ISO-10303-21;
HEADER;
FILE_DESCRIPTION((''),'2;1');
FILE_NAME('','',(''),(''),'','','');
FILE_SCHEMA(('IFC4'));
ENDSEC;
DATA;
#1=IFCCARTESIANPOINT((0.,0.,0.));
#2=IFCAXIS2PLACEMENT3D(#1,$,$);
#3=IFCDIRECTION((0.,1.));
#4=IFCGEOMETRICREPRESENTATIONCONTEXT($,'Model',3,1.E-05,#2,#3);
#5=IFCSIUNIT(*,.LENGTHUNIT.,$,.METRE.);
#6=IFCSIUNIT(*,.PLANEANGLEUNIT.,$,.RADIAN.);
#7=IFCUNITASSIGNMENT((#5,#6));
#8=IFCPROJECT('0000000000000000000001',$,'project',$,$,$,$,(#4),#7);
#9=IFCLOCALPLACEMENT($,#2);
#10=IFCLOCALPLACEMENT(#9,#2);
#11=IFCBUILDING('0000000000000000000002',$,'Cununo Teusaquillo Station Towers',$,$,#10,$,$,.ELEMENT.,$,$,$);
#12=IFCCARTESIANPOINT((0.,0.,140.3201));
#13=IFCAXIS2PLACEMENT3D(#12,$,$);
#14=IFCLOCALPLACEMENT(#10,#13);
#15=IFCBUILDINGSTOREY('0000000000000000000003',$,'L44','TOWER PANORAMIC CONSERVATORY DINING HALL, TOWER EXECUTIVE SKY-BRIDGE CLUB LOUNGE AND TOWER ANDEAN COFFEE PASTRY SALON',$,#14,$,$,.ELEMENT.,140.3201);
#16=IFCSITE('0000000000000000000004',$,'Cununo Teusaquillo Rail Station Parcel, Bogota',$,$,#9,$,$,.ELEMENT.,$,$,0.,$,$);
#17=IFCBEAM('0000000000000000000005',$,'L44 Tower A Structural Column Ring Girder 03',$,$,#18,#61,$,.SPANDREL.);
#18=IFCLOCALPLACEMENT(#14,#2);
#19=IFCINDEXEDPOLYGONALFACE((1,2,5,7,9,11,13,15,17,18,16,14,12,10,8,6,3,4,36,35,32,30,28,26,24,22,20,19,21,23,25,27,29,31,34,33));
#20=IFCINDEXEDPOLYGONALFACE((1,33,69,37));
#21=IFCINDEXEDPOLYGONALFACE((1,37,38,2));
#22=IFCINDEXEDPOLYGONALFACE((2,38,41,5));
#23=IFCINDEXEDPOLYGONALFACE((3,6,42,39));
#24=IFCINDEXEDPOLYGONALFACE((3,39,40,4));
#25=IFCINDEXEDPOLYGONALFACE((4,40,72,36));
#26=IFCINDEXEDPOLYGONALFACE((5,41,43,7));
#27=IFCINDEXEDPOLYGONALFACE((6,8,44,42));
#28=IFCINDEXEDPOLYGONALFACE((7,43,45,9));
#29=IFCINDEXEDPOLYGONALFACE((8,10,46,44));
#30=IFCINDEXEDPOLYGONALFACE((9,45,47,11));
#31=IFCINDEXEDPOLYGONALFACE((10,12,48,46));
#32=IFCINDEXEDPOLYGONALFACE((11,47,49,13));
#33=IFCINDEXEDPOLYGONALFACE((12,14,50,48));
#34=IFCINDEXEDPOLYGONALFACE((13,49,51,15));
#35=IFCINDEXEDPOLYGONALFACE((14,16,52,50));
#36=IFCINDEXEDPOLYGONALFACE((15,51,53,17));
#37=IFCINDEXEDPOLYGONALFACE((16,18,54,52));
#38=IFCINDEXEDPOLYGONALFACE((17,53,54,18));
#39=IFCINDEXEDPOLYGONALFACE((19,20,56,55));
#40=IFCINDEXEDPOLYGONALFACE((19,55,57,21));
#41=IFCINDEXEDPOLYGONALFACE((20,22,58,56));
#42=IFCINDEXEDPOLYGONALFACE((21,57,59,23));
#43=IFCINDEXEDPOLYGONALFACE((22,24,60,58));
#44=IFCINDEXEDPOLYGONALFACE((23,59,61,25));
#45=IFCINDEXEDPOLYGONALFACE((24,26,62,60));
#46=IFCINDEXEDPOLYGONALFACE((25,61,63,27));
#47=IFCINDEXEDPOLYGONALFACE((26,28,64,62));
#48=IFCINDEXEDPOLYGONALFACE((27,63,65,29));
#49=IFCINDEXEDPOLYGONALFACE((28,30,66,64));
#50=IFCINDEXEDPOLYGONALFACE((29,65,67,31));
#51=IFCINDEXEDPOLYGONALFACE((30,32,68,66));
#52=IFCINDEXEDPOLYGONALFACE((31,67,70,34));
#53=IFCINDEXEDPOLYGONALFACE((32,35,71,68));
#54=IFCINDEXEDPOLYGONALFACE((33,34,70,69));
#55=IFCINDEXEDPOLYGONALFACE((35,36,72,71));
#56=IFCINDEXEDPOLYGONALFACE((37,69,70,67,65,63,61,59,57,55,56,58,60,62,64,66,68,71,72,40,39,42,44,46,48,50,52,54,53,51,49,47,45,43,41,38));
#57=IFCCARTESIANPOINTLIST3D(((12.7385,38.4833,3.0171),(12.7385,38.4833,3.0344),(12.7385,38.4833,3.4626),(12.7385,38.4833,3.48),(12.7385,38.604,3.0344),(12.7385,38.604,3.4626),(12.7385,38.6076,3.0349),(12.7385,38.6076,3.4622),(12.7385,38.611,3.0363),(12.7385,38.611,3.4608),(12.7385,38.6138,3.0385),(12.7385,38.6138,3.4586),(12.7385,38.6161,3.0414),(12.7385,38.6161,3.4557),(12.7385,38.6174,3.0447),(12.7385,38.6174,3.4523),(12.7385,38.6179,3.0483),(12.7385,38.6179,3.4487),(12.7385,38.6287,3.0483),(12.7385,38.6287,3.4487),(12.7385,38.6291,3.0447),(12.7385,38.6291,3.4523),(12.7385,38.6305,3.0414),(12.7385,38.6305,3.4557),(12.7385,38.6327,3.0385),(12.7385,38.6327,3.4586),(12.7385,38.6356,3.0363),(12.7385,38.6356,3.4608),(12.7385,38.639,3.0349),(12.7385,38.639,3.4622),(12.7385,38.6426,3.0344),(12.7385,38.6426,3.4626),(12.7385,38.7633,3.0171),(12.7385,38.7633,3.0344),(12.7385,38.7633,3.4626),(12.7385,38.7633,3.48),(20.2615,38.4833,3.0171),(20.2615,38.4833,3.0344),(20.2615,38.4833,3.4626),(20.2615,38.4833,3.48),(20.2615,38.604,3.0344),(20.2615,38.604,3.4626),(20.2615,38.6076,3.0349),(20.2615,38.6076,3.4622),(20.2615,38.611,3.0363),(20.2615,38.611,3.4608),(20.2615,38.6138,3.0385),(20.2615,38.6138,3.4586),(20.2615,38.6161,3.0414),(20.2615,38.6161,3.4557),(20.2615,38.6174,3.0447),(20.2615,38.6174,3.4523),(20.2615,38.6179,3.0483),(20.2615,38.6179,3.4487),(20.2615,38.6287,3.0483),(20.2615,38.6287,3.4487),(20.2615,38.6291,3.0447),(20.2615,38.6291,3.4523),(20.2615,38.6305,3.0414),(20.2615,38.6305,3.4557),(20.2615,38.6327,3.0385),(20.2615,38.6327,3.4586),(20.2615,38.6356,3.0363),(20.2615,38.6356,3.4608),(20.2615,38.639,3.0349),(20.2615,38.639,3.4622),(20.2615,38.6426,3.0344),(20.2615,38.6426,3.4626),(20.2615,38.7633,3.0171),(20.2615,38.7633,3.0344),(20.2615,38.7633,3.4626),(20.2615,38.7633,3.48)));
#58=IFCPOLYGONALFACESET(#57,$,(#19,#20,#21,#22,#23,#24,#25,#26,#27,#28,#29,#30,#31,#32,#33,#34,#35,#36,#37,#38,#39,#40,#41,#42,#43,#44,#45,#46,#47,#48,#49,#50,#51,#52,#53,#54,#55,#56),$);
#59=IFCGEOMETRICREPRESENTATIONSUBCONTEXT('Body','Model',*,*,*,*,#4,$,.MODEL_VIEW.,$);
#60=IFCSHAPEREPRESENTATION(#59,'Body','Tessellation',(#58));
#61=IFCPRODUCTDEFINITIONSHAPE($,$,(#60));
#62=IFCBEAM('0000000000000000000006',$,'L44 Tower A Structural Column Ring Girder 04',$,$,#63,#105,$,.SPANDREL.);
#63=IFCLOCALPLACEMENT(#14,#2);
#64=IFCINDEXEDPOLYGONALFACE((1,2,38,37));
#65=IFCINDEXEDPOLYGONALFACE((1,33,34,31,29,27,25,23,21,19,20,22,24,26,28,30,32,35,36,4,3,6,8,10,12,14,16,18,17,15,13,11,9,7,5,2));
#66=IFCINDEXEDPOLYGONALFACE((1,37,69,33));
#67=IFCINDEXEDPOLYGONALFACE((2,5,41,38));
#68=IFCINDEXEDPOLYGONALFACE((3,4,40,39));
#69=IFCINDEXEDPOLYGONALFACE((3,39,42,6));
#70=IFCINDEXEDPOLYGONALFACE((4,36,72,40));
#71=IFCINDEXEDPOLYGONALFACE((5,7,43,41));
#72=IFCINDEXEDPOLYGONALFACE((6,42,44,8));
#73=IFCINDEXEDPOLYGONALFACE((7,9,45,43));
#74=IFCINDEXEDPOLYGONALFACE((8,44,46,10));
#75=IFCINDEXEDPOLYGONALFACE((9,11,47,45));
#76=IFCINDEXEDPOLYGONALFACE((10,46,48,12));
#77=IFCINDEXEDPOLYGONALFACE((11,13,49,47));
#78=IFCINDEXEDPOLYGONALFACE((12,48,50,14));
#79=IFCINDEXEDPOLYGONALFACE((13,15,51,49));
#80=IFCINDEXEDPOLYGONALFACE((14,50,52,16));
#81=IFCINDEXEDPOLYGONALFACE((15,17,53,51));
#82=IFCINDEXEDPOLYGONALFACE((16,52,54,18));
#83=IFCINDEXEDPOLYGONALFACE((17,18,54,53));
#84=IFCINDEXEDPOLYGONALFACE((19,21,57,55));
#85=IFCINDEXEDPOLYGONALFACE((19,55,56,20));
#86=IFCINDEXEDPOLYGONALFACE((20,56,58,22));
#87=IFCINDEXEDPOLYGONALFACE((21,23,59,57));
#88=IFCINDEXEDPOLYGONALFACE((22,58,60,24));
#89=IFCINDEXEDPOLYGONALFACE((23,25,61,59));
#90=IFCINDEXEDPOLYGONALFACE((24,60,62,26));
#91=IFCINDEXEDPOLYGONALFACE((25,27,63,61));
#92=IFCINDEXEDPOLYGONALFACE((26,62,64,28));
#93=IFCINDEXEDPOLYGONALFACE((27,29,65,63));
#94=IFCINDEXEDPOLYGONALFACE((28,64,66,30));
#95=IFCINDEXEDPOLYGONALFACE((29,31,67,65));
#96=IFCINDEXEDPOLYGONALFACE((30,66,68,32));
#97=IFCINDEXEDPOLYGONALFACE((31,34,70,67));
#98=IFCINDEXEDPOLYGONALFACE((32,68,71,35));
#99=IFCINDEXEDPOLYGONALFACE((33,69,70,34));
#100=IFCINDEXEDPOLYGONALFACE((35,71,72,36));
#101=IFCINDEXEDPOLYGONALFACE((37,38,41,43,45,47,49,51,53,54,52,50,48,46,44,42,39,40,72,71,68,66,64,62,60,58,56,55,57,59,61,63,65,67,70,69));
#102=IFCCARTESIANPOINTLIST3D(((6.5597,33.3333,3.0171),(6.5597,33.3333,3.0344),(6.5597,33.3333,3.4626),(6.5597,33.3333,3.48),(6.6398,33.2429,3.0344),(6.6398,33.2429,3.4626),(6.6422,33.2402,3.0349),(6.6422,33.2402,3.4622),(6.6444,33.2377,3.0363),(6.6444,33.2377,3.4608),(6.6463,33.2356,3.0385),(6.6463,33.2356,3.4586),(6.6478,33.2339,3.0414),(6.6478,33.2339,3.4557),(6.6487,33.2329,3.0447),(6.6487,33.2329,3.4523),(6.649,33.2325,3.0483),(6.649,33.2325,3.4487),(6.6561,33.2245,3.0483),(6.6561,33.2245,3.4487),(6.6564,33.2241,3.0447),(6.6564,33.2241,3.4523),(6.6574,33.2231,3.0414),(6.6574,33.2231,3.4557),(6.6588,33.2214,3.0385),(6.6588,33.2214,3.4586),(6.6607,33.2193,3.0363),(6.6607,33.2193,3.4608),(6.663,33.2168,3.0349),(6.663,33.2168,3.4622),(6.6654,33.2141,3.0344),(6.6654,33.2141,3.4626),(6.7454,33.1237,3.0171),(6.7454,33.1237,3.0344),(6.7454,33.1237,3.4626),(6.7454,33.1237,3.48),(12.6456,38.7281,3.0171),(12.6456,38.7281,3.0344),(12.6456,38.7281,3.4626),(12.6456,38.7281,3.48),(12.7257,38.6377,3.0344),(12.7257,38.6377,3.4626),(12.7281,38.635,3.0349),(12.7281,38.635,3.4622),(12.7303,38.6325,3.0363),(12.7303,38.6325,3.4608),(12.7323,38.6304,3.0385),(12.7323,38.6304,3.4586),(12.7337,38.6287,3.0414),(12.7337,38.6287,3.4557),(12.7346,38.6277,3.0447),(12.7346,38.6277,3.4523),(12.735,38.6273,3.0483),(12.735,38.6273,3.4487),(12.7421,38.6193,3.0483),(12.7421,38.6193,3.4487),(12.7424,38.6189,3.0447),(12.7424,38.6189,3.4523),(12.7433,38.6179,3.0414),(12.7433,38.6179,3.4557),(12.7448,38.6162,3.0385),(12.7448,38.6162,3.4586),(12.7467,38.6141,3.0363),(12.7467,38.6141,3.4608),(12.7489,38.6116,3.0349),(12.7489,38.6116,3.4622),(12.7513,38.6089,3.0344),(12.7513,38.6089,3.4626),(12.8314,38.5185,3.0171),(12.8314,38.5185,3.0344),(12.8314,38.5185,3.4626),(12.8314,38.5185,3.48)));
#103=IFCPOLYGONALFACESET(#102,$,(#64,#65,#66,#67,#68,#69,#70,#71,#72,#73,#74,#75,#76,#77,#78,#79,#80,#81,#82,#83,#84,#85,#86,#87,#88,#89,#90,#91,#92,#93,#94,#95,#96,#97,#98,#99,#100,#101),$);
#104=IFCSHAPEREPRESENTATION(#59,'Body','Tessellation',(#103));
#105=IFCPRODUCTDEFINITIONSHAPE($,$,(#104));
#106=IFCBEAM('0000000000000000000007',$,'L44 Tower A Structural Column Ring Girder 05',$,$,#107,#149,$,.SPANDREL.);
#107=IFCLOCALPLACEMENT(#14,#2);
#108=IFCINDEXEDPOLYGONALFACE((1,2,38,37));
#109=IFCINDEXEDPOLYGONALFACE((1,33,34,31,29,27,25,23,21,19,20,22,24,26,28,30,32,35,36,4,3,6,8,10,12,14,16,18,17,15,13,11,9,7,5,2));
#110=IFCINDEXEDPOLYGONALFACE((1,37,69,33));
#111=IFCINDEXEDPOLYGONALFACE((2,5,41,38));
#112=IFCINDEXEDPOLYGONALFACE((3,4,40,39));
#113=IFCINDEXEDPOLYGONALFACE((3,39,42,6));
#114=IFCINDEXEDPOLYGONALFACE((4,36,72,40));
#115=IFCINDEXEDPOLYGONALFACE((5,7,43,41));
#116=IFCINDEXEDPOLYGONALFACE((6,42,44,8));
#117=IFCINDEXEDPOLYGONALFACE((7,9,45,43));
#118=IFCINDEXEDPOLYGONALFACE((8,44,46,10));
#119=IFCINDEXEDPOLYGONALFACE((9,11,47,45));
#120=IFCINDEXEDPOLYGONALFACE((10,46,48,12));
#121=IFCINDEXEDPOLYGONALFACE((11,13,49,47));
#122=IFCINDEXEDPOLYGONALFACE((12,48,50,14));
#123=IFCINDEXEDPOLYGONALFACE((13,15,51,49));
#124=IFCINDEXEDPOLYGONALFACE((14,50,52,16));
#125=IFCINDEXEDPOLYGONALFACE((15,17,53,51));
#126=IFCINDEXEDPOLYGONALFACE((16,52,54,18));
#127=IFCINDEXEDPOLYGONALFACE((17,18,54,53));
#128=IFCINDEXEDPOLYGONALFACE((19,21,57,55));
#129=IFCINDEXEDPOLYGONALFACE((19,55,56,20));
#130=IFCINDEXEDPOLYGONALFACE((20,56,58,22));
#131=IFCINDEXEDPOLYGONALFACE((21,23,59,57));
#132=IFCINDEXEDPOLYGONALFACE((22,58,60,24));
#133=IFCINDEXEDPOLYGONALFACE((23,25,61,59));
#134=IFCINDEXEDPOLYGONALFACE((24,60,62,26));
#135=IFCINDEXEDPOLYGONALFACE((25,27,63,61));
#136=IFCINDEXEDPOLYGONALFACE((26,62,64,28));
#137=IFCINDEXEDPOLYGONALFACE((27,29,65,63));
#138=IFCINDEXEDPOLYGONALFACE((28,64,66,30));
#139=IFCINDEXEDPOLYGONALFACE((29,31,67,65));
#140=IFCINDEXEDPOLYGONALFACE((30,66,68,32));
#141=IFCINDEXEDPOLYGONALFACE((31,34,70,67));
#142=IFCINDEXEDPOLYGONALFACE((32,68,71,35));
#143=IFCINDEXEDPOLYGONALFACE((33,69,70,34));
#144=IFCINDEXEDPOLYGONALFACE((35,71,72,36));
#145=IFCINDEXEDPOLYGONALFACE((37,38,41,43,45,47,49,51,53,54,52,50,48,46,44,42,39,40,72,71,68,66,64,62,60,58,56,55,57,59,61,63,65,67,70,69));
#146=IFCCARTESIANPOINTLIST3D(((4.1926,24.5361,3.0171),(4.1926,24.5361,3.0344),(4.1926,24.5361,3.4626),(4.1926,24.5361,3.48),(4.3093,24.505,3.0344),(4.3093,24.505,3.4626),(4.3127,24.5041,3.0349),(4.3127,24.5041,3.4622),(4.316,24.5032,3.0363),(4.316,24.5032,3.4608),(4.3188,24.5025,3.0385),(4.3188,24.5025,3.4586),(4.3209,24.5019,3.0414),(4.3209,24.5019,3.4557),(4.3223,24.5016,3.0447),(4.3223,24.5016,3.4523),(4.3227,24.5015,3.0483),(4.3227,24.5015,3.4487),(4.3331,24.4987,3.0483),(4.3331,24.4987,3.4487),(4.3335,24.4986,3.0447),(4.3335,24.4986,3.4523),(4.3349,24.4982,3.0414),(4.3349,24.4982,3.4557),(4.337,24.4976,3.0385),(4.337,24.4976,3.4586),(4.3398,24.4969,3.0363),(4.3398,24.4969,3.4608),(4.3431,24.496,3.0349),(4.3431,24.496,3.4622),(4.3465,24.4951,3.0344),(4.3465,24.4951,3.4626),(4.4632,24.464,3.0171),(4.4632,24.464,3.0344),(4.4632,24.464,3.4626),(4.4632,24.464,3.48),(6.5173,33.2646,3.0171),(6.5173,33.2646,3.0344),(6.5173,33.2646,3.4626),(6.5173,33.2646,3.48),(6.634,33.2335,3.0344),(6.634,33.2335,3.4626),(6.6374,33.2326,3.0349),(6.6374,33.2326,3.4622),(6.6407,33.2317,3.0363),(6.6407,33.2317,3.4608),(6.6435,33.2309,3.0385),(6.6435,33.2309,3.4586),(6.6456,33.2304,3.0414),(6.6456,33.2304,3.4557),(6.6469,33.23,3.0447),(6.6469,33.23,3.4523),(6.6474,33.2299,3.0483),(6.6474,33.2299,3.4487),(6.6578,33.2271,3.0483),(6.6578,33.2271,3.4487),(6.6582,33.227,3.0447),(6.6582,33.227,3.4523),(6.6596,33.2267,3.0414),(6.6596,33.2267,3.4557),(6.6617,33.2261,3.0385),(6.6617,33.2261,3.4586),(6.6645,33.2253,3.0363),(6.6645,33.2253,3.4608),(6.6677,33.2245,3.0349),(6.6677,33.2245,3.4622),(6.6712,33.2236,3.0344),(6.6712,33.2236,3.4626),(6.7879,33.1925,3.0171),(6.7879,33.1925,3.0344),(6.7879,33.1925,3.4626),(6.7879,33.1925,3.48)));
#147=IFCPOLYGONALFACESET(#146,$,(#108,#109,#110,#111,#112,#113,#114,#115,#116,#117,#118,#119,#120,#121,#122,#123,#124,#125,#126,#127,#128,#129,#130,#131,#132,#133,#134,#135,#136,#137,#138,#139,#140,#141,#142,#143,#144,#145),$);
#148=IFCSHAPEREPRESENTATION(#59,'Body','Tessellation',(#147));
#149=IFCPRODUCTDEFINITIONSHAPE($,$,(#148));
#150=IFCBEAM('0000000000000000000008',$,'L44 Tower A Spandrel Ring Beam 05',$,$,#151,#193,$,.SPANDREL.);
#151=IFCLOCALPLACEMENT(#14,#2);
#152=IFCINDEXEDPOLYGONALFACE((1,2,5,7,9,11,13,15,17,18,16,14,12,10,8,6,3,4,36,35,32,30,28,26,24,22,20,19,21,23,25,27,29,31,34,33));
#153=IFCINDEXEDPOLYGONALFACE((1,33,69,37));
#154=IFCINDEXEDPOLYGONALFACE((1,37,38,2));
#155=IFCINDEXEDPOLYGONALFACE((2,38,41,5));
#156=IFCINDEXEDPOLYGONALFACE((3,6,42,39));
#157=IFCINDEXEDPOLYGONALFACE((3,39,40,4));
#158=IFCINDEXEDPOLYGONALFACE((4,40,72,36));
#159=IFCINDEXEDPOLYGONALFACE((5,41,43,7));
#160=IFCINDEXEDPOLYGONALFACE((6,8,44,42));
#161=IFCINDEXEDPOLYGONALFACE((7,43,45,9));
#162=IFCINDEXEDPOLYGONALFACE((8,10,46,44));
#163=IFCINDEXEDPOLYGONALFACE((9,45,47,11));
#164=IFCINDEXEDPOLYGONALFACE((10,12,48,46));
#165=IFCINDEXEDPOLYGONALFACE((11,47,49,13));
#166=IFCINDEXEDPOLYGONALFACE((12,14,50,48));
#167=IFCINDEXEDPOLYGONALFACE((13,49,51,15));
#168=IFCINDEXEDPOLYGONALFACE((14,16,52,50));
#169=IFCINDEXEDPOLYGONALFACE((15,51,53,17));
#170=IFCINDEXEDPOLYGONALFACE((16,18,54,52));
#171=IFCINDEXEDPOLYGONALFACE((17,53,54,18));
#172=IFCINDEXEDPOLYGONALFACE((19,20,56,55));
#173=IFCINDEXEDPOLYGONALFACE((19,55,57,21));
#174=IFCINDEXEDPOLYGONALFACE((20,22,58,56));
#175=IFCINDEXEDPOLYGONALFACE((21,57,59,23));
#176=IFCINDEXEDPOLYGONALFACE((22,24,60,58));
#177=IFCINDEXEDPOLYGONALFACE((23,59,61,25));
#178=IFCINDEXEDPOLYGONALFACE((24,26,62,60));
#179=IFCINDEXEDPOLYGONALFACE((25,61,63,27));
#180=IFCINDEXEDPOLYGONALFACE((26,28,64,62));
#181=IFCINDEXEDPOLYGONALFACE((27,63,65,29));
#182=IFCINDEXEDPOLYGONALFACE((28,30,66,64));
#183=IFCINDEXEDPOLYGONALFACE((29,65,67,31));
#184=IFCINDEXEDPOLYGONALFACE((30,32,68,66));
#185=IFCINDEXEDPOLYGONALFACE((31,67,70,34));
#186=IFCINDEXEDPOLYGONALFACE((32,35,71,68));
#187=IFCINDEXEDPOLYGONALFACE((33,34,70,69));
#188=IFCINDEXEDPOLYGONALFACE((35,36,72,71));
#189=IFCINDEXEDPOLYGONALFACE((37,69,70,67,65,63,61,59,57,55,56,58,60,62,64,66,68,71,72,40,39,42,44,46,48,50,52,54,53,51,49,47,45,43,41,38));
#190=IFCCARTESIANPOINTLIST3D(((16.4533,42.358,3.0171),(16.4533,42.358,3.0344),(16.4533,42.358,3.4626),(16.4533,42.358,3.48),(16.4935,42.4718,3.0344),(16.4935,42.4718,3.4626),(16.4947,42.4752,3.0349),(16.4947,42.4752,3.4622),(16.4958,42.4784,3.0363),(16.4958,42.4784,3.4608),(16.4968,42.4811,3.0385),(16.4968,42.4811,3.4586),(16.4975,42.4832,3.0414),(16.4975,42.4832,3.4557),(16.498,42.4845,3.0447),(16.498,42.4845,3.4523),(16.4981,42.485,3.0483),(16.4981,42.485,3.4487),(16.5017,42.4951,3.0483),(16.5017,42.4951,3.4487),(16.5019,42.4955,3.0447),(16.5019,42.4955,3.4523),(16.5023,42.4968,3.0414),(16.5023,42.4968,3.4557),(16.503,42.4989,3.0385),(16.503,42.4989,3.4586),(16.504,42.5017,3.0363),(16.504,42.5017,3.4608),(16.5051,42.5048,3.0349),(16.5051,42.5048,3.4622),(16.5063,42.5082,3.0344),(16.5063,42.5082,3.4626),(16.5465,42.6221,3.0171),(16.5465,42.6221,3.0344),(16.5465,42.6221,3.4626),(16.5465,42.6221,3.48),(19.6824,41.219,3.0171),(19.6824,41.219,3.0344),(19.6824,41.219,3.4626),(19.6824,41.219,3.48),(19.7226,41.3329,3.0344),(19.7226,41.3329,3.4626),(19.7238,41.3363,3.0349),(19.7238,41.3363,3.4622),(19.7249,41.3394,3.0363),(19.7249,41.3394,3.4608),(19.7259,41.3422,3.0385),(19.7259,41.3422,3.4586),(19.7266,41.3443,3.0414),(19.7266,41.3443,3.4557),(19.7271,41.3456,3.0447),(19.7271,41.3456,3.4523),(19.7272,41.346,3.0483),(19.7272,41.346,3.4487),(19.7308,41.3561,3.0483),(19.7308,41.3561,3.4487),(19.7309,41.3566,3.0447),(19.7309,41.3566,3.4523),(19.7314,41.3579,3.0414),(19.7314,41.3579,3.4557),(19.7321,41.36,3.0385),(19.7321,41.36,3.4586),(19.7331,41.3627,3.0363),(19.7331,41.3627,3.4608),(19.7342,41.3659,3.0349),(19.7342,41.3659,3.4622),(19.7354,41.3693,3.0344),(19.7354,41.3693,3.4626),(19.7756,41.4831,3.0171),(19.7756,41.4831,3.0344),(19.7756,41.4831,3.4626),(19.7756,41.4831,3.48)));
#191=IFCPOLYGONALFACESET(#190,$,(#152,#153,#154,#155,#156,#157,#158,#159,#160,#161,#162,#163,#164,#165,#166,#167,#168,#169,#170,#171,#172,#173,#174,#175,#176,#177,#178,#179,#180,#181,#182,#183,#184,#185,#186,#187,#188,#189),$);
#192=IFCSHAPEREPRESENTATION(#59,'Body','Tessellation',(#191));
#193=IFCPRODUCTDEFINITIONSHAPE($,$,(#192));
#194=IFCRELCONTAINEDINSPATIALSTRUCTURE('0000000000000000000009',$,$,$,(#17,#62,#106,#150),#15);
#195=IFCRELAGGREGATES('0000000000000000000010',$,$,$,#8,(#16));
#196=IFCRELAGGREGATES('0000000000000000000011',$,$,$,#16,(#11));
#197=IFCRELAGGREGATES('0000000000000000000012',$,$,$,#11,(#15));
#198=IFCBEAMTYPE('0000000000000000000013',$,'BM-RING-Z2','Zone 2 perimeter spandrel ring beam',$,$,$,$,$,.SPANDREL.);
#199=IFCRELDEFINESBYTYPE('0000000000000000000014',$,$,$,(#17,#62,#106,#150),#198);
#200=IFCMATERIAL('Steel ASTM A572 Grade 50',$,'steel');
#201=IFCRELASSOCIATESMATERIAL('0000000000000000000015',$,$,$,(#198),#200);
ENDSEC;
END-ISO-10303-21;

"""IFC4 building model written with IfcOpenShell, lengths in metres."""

from ifc_helpers import new_model, si_unit, direction, frame, origin, origin_2d, place, context, subcontext, project, spatial, i_section, extrude, material, material_profile, profile_set, type_object, element, save


model = new_model("IFC4")

# Units and contexts
model_context = context("Model", 3, precision=1e-05, world=origin(), true_north=direction((0.0, 1.0)))
body_context = subcontext(model_context, "Body", "Model", "MODEL_VIEW")
ifc_project = project(units=[si_unit("LENGTHUNIT", "METRE"), si_unit("PLANEANGLEUNIT", "RADIAN")], contexts=[model_context])

# Site, building, storey
site_placement = place(None, origin())
site = spatial("IfcSite", under=ifc_project, at=site_placement, Name="Cununo Teusaquillo Rail Station Parcel, Bogota", CompositionType="ELEMENT", RefElevation=0.0)
building_placement = place(site_placement, origin())
building = spatial("IfcBuilding", under=site, at=building_placement, Name="Cununo Teusaquillo Station Towers", CompositionType="ELEMENT")
storey_placement = place(building_placement, frame((0.0, 0.0, 140.3201)))
storey = spatial("IfcBuildingStorey", under=building, at=storey_placement, Name="L44", Description="TOWER PANORAMIC CONSERVATORY DINING HALL, TOWER EXECUTIVE SKY-BRIDGE CLUB LOUNGE AND TOWER ANDEAN COFFEE PASTRY SALON", CompositionType="ELEMENT", Elevation=140.3201)

# Beams
ifc_material_1 = material(Name="Steel ASTM A572 Grade 50", Category="steel")
ifc_material_profile_1 = material_profile(ifc_material_1, i_section(OverallWidth=0.28, OverallDepth=0.4629, WebThickness=0.0107, FlangeThickness=0.0173, FilletRadius=0.0139, at=origin_2d()), Name="W18X76")
ifc_profile_set_1 = profile_set([ifc_material_profile_1], Name="Steel ASTM A572 Grade 50")
beam_type_1 = type_object("IfcBeamType", Name="BM-RING-Z2", Description="Zone 2 perimeter spandrel ring beam", PredefinedType="SPANDREL", material=ifc_profile_set_1)
beam_1_placement = place(storey_placement, frame((20.2615, 38.6233, 3.2485), z_axis=(-1.0, 0.0, 0.0), x_axis=(0.0, -1.0, 0.0)))
element("IfcBeam", 1, at=beam_1_placement, inside=storey, type_object=beam_type_1, Name="L44 Tower A Structural Column Ring Girder 03", PredefinedType="SPANDREL", context=body_context, shape_type="SweptSolid", body=[
    extrude(i_section(OverallWidth=0.28, OverallDepth=0.4629, WebThickness=0.0107, FlangeThickness=0.0173, FilletRadius=0.0139, at=origin_2d()), origin(), (0.0, 0.0, 1.0), 7.5229),
])
beam_2_placement = place(storey_placement, frame((12.7385, 38.6233, 3.2485), z_axis=(-0.748321, -0.663337, 0.0), x_axis=(0.663337, -0.748321, 0.0)))
element("IfcBeam", 2, at=beam_2_placement, inside=storey, type_object=beam_type_1, Name="L44 Tower A Structural Column Ring Girder 04", PredefinedType="SPANDREL", context=body_context, shape_type="SweptSolid", body=[
    extrude(i_section(OverallWidth=0.28, OverallDepth=0.4629, WebThickness=0.0107, FlangeThickness=0.0173, FilletRadius=0.0139, at=origin_2d()), origin(), (0.0, 0.0, 1.0), 8.1328),
])
beam_3_placement = place(storey_placement, frame((6.6526, 33.2285, 3.2485), z_axis=(-0.257363, -0.966315, 0.0), x_axis=(0.966315, -0.257363, 0.0)))
element("IfcBeam", 3, at=beam_3_placement, inside=storey, type_object=beam_type_1, Name="L44 Tower A Structural Column Ring Girder 05", PredefinedType="SPANDREL", context=body_context, shape_type="SweptSolid", body=[
    extrude(i_section(OverallWidth=0.28, OverallDepth=0.4629, WebThickness=0.0107, FlangeThickness=0.0173, FilletRadius=0.0139, at=origin_2d()), origin(), (0.0, 0.0, 1.0), 9.0327),
])
for number, where, z_axis, x_axis, name in (
    (4, (19.729, 41.3511, 3.2485), (-0.943057, 0.33263, 0.0), (-0.33263, -0.943057, 0.0), "L44 Tower A Spandrel Ring Beam 05"),
):
    element("IfcBeam", number, at=place(storey_placement, frame(where, z_axis=z_axis, x_axis=x_axis)), inside=storey, type_object=beam_type_1, Name=name, PredefinedType="SPANDREL", context=body_context, shape_type="SweptSolid", body=[
        extrude(i_section(OverallWidth=0.28, OverallDepth=0.4629, WebThickness=0.0107, FlangeThickness=0.0173, FilletRadius=0.0139, at=origin_2d()), origin(), (0.0, 0.0, 1.0), 3.4241),
    ])

save(model, "model.ifc")
